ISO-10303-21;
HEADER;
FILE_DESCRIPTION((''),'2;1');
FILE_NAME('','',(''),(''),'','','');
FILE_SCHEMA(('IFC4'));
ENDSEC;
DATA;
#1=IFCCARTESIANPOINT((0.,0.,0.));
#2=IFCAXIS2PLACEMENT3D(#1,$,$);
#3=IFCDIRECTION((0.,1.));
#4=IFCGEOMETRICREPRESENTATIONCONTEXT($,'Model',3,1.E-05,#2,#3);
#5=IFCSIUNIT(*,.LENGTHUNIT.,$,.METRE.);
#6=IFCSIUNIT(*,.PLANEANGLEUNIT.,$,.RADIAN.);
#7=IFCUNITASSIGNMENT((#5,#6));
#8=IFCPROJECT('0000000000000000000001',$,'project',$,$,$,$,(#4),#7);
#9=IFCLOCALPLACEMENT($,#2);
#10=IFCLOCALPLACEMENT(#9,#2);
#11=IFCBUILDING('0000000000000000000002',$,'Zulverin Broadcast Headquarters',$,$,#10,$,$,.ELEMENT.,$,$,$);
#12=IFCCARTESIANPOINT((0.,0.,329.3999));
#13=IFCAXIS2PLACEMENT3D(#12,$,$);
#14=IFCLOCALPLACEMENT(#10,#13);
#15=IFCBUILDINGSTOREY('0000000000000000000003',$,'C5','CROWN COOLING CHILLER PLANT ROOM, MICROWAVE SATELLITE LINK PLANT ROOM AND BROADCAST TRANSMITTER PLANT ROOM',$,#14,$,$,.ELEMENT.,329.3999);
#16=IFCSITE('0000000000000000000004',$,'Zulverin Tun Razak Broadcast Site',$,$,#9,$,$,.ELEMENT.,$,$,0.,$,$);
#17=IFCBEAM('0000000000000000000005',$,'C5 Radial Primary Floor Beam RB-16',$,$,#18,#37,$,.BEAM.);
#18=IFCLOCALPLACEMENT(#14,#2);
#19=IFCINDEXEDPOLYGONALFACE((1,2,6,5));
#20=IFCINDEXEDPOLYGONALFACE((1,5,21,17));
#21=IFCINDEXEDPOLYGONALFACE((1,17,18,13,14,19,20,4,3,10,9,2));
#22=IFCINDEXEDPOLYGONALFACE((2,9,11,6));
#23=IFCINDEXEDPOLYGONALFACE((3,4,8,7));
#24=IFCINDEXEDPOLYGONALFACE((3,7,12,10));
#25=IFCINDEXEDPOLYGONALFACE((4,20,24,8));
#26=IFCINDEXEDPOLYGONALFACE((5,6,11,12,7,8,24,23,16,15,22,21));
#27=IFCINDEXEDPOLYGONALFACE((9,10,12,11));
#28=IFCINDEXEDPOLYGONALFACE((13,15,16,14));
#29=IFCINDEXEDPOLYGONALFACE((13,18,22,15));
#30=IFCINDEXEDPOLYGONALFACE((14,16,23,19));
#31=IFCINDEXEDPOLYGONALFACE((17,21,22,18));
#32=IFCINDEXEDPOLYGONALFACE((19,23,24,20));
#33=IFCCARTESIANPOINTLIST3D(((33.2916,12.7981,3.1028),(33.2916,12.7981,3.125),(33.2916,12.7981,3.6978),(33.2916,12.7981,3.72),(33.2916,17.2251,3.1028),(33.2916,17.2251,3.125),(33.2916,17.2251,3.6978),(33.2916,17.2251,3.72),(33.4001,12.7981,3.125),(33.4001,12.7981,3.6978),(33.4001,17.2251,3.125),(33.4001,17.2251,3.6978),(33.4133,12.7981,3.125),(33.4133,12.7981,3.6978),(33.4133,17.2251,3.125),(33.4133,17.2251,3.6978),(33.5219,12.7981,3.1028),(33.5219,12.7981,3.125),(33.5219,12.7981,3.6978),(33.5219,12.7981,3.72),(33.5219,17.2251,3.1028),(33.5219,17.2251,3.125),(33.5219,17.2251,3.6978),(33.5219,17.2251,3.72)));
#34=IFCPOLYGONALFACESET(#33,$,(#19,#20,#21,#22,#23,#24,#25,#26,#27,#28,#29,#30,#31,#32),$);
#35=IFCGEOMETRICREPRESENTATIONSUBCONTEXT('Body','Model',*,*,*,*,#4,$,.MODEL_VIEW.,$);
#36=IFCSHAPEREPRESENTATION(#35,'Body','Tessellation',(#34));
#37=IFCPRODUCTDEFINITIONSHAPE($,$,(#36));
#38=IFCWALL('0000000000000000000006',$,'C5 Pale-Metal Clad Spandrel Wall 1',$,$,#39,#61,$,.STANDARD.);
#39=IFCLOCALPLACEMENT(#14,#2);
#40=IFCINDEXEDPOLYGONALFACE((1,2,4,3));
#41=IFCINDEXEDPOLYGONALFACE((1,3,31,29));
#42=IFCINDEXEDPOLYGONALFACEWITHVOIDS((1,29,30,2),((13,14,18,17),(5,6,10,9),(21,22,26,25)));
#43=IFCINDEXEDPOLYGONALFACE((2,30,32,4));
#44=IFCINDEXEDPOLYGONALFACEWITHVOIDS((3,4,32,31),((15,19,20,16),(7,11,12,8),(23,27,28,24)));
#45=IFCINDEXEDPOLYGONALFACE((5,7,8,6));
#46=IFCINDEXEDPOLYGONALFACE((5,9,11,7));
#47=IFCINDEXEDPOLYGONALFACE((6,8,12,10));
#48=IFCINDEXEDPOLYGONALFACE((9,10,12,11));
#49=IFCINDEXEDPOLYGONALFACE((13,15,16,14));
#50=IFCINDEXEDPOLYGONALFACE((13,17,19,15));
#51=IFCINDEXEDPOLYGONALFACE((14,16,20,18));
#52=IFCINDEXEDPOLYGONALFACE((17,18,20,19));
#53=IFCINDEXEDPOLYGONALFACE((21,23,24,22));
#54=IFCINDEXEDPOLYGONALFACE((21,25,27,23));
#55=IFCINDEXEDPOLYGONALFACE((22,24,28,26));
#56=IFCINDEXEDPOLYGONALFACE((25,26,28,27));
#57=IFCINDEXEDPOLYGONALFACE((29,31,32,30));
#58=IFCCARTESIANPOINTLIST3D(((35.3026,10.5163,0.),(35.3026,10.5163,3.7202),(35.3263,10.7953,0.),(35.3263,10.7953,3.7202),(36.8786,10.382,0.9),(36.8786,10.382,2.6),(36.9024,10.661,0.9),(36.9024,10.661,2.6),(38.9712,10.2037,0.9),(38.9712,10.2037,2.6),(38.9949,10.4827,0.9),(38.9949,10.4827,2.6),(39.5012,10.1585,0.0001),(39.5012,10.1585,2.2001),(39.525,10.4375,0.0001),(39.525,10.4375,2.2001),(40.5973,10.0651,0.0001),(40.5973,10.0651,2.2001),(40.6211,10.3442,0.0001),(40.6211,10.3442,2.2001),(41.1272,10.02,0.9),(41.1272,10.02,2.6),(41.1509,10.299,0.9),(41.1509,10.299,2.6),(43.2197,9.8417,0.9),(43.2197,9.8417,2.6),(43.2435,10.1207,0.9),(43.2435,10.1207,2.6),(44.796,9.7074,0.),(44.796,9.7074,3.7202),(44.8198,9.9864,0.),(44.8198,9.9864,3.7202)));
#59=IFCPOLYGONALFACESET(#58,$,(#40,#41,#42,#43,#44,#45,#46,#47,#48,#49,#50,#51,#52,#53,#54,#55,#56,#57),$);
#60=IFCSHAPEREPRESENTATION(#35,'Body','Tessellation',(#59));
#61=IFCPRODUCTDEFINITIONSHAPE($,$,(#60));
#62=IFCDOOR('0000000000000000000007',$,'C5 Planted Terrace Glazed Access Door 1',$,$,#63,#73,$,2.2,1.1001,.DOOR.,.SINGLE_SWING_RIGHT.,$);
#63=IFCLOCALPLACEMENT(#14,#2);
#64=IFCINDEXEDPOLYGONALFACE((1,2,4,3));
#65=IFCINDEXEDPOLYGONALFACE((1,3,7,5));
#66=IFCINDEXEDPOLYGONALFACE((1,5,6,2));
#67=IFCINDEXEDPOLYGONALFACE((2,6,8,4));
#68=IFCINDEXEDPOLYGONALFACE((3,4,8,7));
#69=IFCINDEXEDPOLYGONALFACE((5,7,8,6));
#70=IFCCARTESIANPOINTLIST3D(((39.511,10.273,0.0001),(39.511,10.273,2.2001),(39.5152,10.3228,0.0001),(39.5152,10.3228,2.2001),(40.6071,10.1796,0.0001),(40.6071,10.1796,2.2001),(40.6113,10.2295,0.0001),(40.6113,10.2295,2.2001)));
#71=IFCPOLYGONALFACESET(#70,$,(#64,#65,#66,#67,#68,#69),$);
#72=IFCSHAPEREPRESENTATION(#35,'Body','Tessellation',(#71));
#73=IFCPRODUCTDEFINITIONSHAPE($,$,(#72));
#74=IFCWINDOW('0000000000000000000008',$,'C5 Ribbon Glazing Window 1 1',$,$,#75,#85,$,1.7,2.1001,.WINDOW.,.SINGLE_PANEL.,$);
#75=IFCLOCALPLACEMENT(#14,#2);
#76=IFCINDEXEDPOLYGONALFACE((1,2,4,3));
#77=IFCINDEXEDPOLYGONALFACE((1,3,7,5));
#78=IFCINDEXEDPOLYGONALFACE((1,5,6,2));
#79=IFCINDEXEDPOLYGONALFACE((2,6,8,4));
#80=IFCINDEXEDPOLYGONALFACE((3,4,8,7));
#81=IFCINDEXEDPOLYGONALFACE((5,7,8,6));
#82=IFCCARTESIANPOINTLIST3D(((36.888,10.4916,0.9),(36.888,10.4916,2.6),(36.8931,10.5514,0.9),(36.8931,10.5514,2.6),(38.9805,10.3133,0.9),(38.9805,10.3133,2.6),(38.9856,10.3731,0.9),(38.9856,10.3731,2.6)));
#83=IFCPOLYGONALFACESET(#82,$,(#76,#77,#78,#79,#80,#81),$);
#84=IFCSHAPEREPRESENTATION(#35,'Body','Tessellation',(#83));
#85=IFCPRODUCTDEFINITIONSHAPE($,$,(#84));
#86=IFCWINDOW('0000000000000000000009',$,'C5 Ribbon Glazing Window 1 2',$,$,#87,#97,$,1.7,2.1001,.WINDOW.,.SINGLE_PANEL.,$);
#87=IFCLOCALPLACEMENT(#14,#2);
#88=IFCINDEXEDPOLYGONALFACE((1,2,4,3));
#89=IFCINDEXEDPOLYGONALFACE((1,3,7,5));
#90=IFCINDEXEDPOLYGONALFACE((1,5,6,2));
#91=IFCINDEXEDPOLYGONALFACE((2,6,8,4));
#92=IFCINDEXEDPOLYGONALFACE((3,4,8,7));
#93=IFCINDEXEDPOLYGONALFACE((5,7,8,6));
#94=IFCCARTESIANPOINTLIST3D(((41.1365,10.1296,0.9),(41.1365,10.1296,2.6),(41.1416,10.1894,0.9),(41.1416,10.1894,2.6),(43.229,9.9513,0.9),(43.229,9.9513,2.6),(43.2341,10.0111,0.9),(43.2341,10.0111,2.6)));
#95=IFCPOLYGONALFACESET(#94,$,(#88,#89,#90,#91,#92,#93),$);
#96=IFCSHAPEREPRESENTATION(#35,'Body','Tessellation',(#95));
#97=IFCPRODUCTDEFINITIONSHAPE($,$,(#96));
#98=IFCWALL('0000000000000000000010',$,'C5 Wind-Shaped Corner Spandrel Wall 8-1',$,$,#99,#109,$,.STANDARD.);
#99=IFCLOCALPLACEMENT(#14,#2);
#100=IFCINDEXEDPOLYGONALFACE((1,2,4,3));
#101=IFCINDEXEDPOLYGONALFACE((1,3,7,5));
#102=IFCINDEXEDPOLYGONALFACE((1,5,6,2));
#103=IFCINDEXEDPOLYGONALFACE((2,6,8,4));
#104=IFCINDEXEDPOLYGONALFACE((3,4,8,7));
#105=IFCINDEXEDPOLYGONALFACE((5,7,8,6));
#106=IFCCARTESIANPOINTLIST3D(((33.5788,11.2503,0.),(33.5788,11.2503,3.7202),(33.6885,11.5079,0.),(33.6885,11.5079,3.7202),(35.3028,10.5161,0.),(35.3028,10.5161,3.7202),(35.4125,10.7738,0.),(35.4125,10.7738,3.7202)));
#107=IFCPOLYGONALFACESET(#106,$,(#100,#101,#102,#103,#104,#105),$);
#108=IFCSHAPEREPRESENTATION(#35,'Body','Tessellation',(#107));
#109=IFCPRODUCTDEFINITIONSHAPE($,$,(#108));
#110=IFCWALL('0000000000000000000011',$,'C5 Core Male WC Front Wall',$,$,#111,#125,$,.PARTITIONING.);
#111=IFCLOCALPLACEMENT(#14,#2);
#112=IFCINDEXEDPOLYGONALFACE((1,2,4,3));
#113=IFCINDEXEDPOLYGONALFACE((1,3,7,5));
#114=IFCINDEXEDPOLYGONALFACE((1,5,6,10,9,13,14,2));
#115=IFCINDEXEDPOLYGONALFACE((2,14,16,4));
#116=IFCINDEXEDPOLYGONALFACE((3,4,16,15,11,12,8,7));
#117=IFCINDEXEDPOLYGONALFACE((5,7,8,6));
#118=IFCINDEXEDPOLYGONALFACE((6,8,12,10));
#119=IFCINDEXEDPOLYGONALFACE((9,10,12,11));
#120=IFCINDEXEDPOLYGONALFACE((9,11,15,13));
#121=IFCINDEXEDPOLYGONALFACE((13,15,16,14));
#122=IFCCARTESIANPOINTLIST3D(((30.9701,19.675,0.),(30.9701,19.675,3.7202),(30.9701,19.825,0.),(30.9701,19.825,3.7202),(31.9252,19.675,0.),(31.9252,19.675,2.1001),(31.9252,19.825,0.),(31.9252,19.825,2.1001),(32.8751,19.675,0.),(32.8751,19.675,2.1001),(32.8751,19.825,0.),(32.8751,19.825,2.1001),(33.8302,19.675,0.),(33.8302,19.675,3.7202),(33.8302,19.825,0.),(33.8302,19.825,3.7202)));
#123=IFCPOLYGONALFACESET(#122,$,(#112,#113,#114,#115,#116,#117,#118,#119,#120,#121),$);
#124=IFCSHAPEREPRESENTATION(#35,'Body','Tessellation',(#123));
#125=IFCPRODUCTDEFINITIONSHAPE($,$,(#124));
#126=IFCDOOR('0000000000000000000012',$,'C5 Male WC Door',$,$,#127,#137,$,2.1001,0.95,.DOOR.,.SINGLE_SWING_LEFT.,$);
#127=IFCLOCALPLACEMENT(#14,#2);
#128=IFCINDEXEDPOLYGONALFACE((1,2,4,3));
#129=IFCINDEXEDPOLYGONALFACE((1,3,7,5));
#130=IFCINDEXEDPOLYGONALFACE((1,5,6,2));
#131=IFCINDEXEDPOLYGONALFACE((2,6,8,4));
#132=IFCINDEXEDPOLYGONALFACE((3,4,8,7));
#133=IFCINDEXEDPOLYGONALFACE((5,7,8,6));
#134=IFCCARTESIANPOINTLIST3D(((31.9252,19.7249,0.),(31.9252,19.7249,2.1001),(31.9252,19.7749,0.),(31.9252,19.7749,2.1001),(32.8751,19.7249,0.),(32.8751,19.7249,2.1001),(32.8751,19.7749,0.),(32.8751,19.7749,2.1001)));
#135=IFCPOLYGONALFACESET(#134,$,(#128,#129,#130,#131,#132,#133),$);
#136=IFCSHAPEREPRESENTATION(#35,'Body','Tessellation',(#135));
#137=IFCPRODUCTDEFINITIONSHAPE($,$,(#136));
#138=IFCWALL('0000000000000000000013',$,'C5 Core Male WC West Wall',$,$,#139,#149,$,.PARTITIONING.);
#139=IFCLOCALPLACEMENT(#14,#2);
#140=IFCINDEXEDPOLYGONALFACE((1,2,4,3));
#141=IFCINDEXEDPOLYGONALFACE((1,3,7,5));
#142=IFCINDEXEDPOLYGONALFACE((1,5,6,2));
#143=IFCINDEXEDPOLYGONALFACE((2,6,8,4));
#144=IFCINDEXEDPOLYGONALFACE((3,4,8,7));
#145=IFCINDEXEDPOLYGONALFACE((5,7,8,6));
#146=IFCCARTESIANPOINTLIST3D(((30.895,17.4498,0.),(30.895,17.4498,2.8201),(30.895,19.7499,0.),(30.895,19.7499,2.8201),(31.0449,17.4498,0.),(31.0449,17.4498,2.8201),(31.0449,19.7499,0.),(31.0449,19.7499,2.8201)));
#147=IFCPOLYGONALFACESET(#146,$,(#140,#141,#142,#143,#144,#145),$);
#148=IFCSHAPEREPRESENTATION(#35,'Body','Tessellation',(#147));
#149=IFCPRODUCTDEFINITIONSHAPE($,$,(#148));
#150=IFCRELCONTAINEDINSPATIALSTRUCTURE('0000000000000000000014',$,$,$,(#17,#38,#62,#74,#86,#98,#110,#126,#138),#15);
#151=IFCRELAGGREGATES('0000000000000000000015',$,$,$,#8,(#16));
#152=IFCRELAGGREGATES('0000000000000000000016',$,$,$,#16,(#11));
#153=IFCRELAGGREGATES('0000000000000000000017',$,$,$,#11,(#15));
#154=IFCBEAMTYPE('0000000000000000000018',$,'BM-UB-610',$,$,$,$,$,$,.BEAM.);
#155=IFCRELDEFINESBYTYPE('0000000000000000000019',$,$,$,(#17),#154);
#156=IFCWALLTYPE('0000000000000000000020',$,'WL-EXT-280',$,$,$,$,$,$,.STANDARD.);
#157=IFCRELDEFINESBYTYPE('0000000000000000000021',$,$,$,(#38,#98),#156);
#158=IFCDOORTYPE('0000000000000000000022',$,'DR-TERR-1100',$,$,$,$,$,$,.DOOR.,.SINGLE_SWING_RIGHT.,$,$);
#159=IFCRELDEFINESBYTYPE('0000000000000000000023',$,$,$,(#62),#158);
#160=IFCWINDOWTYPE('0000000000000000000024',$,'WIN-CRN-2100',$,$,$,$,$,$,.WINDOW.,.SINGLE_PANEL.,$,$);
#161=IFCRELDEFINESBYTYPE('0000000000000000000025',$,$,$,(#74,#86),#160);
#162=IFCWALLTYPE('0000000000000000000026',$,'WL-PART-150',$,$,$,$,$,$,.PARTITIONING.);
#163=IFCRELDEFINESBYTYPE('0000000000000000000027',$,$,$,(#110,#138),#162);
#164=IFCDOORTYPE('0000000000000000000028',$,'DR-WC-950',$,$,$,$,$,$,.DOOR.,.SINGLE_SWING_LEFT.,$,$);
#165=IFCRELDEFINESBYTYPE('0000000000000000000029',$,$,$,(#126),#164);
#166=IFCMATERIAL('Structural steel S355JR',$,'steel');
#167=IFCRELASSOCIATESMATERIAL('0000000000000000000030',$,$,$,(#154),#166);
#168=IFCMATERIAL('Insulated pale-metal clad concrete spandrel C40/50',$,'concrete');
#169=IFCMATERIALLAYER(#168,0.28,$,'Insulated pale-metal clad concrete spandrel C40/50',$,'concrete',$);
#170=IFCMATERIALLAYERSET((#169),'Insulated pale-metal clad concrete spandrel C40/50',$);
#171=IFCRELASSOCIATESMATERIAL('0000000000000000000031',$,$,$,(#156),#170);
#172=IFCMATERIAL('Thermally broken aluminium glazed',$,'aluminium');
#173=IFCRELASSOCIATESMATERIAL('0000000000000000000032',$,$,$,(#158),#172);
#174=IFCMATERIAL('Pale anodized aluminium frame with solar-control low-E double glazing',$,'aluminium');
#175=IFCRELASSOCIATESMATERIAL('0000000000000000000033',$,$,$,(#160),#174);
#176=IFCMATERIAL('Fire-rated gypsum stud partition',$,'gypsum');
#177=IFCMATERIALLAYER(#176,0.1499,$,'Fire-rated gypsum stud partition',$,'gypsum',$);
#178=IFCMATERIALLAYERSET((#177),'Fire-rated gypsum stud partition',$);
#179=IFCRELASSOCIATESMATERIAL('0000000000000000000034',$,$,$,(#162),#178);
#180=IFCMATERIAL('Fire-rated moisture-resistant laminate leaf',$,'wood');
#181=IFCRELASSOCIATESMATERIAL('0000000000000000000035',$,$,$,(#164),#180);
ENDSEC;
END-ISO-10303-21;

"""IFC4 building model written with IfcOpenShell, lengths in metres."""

from ifc_helpers import new_model, si_unit, direction, frame, frame_2d, origin, origin_2d, place, context, subcontext, project, spatial, rectangle, i_section, extrude, material, layer, layer_set, material_profile, profile_set, type_object, element, fill, save


model = new_model("IFC4")

# Units and contexts
model_context = context("Model", 3, precision=1e-05, world=origin(), true_north=direction((0.0, 1.0)))
body_context = subcontext(model_context, "Body", "Model", "MODEL_VIEW")
ifc_project = project(units=[si_unit("LENGTHUNIT", "METRE"), si_unit("PLANEANGLEUNIT", "RADIAN")], contexts=[model_context])

# Site, building, storey
site_placement = place(None, origin())
site = spatial("IfcSite", under=ifc_project, at=site_placement, Name="Zulverin Tun Razak Broadcast Site", CompositionType="ELEMENT", RefElevation=0.0)
building_placement = place(site_placement, origin())
building = spatial("IfcBuilding", under=site, at=building_placement, Name="Zulverin Broadcast Headquarters", CompositionType="ELEMENT")
storey_placement = place(building_placement, frame((0.0, 0.0, 329.3999)))
storey = spatial("IfcBuildingStorey", under=building, at=storey_placement, Name="C5", Description="CROWN COOLING CHILLER PLANT ROOM, MICROWAVE SATELLITE LINK PLANT ROOM AND BROADCAST TRANSMITTER PLANT ROOM", CompositionType="ELEMENT", Elevation=329.3999)

# Shared definitions
ifc_material_1 = material(Name="Structural steel S355JR", Category="steel")

# Beam
ifc_material_profile_1 = material_profile(ifc_material_1, i_section(OverallWidth=0.2302, OverallDepth=0.6172, WebThickness=0.0132, FlangeThickness=0.0222, at=origin_2d()), Name="Structural steel S355JR", Category="steel")
ifc_profile_set_1 = profile_set([ifc_material_profile_1], Name="Structural steel S355JR")
beam_type_1 = type_object("IfcBeamType", Name="BM-UB-610", PredefinedType="BEAM", material=ifc_profile_set_1)
beam_1_placement = place(storey_placement, frame((33.4067, 17.2251, 3.4114), z_axis=(0.0, -1.0, 0.0), x_axis=(1.0, 0.0, 0.0)))
element("IfcBeam", 1, at=beam_1_placement, inside=storey, type_object=beam_type_1, Name="C5 Radial Primary Floor Beam RB-16", PredefinedType="BEAM", context=body_context, shape_type="SweptSolid", body=[
    extrude(i_section(OverallWidth=0.2302, OverallDepth=0.6172, WebThickness=0.0132, FlangeThickness=0.0222, at=origin_2d()), origin(), (0.0, 0.0, 1.0), 4.427),
])

# Wall, openings, door, windows
ifc_material_2 = material(Name="Insulated pale-metal clad concrete spandrel C40/50", Category="concrete")
ifc_layer_1 = layer(ifc_material_2, 0.28, Name="Insulated pale-metal clad concrete spandrel C40/50", Category="concrete")
ifc_layer_set_1 = layer_set([ifc_layer_1], Name="Insulated pale-metal clad concrete spandrel C40/50")
wall_type_1 = type_object("IfcWallType", Name="WL-EXT-280", PredefinedType="STANDARD", material=ifc_layer_set_1)
wall_1_placement = place(storey_placement, frame((35.3145, 10.6558, 0.0), z_axis=(0.0, 0.0, 1.0), x_axis=(0.99639, -0.084892, 0.0)))
wall_1 = element("IfcWall", 2, at=wall_1_placement, inside=storey, type_object=wall_type_1, Name="C5 Pale-Metal Clad Spandrel Wall 1", PredefinedType="STANDARD", context=body_context, shape_type="SweptSolid", body=[
    extrude(rectangle(XDim=9.5278, YDim=0.28, at=frame_2d((4.7639, 0.0))), origin(), (0.0, 0.0, 1.0), 3.7202),
])
opening_1_placement = place(wall_1_placement, frame((4.2139, 0.0, 0.0)))
opening_1 = element("IfcOpeningElement", 3, at=opening_1_placement, cuts=wall_1, PredefinedType="OPENING", context=body_context, shape_type="SweptSolid", body=[
    extrude(rectangle(XDim=1.1001, YDim=2.2, at=frame_2d((0.55, 1.1001))), frame((0.0, 0.1499, 0.0), z_axis=(0.0, -1.0, 0.0), x_axis=(1.0, 0.0, 0.0)), (0.0, 0.0, 1.0), 0.3),
])
opening_2_placement = place(wall_1_placement, frame((1.5818, 0.0, 0.8999)))
opening_2 = element("IfcOpeningElement", 4, at=opening_2_placement, cuts=wall_1, PredefinedType="OPENING", context=body_context, shape_type="SweptSolid", body=[
    extrude(rectangle(XDim=2.1001, YDim=1.7, at=frame_2d((1.05, 0.8501))), frame((0.0, 0.1499, 0.0), z_axis=(0.0, -1.0, 0.0), x_axis=(1.0, 0.0, 0.0)), (0.0, 0.0, 1.0), 0.3),
])
opening_3_placement = place(wall_1_placement, frame((5.8457, 0.0, 0.8999)))
opening_3 = element("IfcOpeningElement", 5, at=opening_3_placement, cuts=wall_1, PredefinedType="OPENING", context=body_context, shape_type="SweptSolid", body=[
    extrude(rectangle(XDim=2.1001, YDim=1.7, at=frame_2d((1.05, 0.8501))), frame((0.0, 0.1499, 0.0), z_axis=(0.0, -1.0, 0.0), x_axis=(1.0, 0.0, 0.0)), (0.0, 0.0, 1.0), 0.3),
])
ifc_material_3 = material(Name="Thermally broken aluminium glazed", Category="aluminium")
door_type_1 = type_object("IfcDoorType", Name="DR-TERR-1100", OperationType="SINGLE_SWING_RIGHT", PredefinedType="DOOR", material=ifc_material_3)
door_1_placement = place(opening_1_placement, origin())
door_1 = element("IfcDoor", 6, at=door_1_placement, inside=storey, type_object=door_type_1, Name="C5 Planted Terrace Glazed Access Door 1", OperationType="SINGLE_SWING_RIGHT", OverallHeight=2.2, OverallWidth=1.1001, PredefinedType="DOOR", context=body_context, shape_type="SweptSolid", body=[
    extrude(rectangle(XDim=1.1001, YDim=2.2, at=frame_2d((0.55, 1.1001))), frame((0.0, 0.0249, 0.0), z_axis=(0.0, -1.0, 0.0), x_axis=(1.0, 0.0, 0.0)), (0.0, 0.0, 1.0), 0.05),
])
fill(opening_1, door_1)
ifc_material_4 = material(Name="Pale anodized aluminium frame with solar-control low-E double glazing", Category="aluminium")
window_type = type_object("IfcWindowType", Name="WIN-CRN-2100", PartitioningType="SINGLE_PANEL", PredefinedType="WINDOW", material=ifc_material_4)
window_1_placement = place(opening_2_placement, origin())
window_1 = element("IfcWindow", 7, at=window_1_placement, inside=storey, type_object=window_type, Name="C5 Ribbon Glazing Window 1 1", OverallHeight=1.7, OverallWidth=2.1001, PartitioningType="SINGLE_PANEL", PredefinedType="WINDOW", context=body_context, shape_type="SweptSolid", body=[
    extrude(rectangle(XDim=2.1001, YDim=1.7, at=frame_2d((1.05, 0.8501))), frame((0.0, 0.03, 0.0), z_axis=(0.0, -1.0, 0.0), x_axis=(1.0, 0.0, 0.0)), (0.0, 0.0, 1.0), 0.0601),
])
fill(opening_2, window_1)
window_2_placement = place(opening_3_placement, origin())
window_2 = element("IfcWindow", 8, at=window_2_placement, inside=storey, type_object=window_type, Name="C5 Ribbon Glazing Window 1 2", OverallHeight=1.7, OverallWidth=2.1001, PartitioningType="SINGLE_PANEL", PredefinedType="WINDOW", context=body_context, shape_type="SweptSolid", body=[
    extrude(rectangle(XDim=2.1001, YDim=1.7, at=frame_2d((1.05, 0.8501))), frame((0.0, 0.03, 0.0), z_axis=(0.0, -1.0, 0.0), x_axis=(1.0, 0.0, 0.0)), (0.0, 0.0, 1.0), 0.0601),
])
fill(opening_3, window_2)

# Wall
wall_2_placement = place(storey_placement, frame((33.6335, 11.3792, 0.0), z_axis=(0.0, 0.0, 1.0), x_axis=(0.920046, -0.391811, 0.0)))
element("IfcWall", 9, at=wall_2_placement, inside=storey, type_object=wall_type_1, Name="C5 Wind-Shaped Corner Spandrel Wall 8-1", PredefinedType="STANDARD", context=body_context, shape_type="SweptSolid", body=[
    extrude(rectangle(XDim=1.8738, YDim=0.28, at=frame_2d((0.937, 0.0))), origin(), (0.0, 0.0, 1.0), 3.7202),
])

# Wall, opening, door
ifc_material_5 = material(Name="Fire-rated gypsum stud partition", Category="gypsum")
ifc_layer_2 = layer(ifc_material_5, 0.1499, Name="Fire-rated gypsum stud partition", Category="gypsum")
ifc_layer_set_2 = layer_set([ifc_layer_2], Name="Fire-rated gypsum stud partition")
wall_type_2 = type_object("IfcWallType", Name="WL-PART-150", PredefinedType="PARTITIONING", material=ifc_layer_set_2)
wall_3_placement = place(storey_placement, frame((30.97, 19.75, 0.0), z_axis=(0.0, 0.0, 1.0), x_axis=(1.0, 0.0, 0.0)))
wall_3 = element("IfcWall", 10, at=wall_3_placement, inside=storey, type_object=wall_type_2, Name="C5 Core Male WC Front Wall", PredefinedType="PARTITIONING", context=body_context, shape_type="SweptSolid", body=[
    extrude(rectangle(XDim=2.8601, YDim=0.1499, at=frame_2d((1.4302, 0.0))), origin(), (0.0, 0.0, 1.0), 3.7202),
])
opening_4_placement = place(wall_3_placement, frame((0.9551, 0.0, 0.0)))
opening_4 = element("IfcOpeningElement", 11, at=opening_4_placement, cuts=wall_3, PredefinedType="OPENING", context=body_context, shape_type="SweptSolid", body=[
    extrude(rectangle(XDim=0.95, YDim=2.1001, at=frame_2d((0.4751, 1.05))), frame((0.0, 0.085, 0.0), z_axis=(0.0, -1.0, 0.0), x_axis=(1.0, 0.0, 0.0)), (0.0, 0.0, 1.0), 0.1699),
])
ifc_material_6 = material(Name="Fire-rated moisture-resistant laminate leaf", Category="wood")
door_type_2 = type_object("IfcDoorType", Name="DR-WC-950", OperationType="SINGLE_SWING_LEFT", PredefinedType="DOOR", material=ifc_material_6)
door_2_placement = place(opening_4_placement, origin())
door_2 = element("IfcDoor", 12, at=door_2_placement, inside=storey, type_object=door_type_2, Name="C5 Male WC Door", OperationType="SINGLE_SWING_LEFT", OverallHeight=2.1001, OverallWidth=0.95, PredefinedType="DOOR", context=body_context, shape_type="SweptSolid", body=[
    extrude(rectangle(XDim=0.95, YDim=2.1001, at=frame_2d((0.4751, 1.05))), frame((0.0, 0.0249, 0.0), z_axis=(0.0, -1.0, 0.0), x_axis=(1.0, 0.0, 0.0)), (0.0, 0.0, 1.0), 0.05),
])
fill(opening_4, door_2)

# Wall
wall_4_placement = place(storey_placement, frame((30.97, 17.45, 0.0), z_axis=(0.0, 0.0, 1.0), x_axis=(0.0, 1.0, 0.0)))
element("IfcWall", 13, at=wall_4_placement, inside=storey, type_object=wall_type_2, Name="C5 Core Male WC West Wall", PredefinedType="PARTITIONING", context=body_context, shape_type="SweptSolid", body=[
    extrude(rectangle(XDim=2.3, YDim=0.1499, at=frame_2d((1.1499, 0.0))), origin(), (0.0, 0.0, 1.0), 2.8201),
])

save(model, "model.ifc")
